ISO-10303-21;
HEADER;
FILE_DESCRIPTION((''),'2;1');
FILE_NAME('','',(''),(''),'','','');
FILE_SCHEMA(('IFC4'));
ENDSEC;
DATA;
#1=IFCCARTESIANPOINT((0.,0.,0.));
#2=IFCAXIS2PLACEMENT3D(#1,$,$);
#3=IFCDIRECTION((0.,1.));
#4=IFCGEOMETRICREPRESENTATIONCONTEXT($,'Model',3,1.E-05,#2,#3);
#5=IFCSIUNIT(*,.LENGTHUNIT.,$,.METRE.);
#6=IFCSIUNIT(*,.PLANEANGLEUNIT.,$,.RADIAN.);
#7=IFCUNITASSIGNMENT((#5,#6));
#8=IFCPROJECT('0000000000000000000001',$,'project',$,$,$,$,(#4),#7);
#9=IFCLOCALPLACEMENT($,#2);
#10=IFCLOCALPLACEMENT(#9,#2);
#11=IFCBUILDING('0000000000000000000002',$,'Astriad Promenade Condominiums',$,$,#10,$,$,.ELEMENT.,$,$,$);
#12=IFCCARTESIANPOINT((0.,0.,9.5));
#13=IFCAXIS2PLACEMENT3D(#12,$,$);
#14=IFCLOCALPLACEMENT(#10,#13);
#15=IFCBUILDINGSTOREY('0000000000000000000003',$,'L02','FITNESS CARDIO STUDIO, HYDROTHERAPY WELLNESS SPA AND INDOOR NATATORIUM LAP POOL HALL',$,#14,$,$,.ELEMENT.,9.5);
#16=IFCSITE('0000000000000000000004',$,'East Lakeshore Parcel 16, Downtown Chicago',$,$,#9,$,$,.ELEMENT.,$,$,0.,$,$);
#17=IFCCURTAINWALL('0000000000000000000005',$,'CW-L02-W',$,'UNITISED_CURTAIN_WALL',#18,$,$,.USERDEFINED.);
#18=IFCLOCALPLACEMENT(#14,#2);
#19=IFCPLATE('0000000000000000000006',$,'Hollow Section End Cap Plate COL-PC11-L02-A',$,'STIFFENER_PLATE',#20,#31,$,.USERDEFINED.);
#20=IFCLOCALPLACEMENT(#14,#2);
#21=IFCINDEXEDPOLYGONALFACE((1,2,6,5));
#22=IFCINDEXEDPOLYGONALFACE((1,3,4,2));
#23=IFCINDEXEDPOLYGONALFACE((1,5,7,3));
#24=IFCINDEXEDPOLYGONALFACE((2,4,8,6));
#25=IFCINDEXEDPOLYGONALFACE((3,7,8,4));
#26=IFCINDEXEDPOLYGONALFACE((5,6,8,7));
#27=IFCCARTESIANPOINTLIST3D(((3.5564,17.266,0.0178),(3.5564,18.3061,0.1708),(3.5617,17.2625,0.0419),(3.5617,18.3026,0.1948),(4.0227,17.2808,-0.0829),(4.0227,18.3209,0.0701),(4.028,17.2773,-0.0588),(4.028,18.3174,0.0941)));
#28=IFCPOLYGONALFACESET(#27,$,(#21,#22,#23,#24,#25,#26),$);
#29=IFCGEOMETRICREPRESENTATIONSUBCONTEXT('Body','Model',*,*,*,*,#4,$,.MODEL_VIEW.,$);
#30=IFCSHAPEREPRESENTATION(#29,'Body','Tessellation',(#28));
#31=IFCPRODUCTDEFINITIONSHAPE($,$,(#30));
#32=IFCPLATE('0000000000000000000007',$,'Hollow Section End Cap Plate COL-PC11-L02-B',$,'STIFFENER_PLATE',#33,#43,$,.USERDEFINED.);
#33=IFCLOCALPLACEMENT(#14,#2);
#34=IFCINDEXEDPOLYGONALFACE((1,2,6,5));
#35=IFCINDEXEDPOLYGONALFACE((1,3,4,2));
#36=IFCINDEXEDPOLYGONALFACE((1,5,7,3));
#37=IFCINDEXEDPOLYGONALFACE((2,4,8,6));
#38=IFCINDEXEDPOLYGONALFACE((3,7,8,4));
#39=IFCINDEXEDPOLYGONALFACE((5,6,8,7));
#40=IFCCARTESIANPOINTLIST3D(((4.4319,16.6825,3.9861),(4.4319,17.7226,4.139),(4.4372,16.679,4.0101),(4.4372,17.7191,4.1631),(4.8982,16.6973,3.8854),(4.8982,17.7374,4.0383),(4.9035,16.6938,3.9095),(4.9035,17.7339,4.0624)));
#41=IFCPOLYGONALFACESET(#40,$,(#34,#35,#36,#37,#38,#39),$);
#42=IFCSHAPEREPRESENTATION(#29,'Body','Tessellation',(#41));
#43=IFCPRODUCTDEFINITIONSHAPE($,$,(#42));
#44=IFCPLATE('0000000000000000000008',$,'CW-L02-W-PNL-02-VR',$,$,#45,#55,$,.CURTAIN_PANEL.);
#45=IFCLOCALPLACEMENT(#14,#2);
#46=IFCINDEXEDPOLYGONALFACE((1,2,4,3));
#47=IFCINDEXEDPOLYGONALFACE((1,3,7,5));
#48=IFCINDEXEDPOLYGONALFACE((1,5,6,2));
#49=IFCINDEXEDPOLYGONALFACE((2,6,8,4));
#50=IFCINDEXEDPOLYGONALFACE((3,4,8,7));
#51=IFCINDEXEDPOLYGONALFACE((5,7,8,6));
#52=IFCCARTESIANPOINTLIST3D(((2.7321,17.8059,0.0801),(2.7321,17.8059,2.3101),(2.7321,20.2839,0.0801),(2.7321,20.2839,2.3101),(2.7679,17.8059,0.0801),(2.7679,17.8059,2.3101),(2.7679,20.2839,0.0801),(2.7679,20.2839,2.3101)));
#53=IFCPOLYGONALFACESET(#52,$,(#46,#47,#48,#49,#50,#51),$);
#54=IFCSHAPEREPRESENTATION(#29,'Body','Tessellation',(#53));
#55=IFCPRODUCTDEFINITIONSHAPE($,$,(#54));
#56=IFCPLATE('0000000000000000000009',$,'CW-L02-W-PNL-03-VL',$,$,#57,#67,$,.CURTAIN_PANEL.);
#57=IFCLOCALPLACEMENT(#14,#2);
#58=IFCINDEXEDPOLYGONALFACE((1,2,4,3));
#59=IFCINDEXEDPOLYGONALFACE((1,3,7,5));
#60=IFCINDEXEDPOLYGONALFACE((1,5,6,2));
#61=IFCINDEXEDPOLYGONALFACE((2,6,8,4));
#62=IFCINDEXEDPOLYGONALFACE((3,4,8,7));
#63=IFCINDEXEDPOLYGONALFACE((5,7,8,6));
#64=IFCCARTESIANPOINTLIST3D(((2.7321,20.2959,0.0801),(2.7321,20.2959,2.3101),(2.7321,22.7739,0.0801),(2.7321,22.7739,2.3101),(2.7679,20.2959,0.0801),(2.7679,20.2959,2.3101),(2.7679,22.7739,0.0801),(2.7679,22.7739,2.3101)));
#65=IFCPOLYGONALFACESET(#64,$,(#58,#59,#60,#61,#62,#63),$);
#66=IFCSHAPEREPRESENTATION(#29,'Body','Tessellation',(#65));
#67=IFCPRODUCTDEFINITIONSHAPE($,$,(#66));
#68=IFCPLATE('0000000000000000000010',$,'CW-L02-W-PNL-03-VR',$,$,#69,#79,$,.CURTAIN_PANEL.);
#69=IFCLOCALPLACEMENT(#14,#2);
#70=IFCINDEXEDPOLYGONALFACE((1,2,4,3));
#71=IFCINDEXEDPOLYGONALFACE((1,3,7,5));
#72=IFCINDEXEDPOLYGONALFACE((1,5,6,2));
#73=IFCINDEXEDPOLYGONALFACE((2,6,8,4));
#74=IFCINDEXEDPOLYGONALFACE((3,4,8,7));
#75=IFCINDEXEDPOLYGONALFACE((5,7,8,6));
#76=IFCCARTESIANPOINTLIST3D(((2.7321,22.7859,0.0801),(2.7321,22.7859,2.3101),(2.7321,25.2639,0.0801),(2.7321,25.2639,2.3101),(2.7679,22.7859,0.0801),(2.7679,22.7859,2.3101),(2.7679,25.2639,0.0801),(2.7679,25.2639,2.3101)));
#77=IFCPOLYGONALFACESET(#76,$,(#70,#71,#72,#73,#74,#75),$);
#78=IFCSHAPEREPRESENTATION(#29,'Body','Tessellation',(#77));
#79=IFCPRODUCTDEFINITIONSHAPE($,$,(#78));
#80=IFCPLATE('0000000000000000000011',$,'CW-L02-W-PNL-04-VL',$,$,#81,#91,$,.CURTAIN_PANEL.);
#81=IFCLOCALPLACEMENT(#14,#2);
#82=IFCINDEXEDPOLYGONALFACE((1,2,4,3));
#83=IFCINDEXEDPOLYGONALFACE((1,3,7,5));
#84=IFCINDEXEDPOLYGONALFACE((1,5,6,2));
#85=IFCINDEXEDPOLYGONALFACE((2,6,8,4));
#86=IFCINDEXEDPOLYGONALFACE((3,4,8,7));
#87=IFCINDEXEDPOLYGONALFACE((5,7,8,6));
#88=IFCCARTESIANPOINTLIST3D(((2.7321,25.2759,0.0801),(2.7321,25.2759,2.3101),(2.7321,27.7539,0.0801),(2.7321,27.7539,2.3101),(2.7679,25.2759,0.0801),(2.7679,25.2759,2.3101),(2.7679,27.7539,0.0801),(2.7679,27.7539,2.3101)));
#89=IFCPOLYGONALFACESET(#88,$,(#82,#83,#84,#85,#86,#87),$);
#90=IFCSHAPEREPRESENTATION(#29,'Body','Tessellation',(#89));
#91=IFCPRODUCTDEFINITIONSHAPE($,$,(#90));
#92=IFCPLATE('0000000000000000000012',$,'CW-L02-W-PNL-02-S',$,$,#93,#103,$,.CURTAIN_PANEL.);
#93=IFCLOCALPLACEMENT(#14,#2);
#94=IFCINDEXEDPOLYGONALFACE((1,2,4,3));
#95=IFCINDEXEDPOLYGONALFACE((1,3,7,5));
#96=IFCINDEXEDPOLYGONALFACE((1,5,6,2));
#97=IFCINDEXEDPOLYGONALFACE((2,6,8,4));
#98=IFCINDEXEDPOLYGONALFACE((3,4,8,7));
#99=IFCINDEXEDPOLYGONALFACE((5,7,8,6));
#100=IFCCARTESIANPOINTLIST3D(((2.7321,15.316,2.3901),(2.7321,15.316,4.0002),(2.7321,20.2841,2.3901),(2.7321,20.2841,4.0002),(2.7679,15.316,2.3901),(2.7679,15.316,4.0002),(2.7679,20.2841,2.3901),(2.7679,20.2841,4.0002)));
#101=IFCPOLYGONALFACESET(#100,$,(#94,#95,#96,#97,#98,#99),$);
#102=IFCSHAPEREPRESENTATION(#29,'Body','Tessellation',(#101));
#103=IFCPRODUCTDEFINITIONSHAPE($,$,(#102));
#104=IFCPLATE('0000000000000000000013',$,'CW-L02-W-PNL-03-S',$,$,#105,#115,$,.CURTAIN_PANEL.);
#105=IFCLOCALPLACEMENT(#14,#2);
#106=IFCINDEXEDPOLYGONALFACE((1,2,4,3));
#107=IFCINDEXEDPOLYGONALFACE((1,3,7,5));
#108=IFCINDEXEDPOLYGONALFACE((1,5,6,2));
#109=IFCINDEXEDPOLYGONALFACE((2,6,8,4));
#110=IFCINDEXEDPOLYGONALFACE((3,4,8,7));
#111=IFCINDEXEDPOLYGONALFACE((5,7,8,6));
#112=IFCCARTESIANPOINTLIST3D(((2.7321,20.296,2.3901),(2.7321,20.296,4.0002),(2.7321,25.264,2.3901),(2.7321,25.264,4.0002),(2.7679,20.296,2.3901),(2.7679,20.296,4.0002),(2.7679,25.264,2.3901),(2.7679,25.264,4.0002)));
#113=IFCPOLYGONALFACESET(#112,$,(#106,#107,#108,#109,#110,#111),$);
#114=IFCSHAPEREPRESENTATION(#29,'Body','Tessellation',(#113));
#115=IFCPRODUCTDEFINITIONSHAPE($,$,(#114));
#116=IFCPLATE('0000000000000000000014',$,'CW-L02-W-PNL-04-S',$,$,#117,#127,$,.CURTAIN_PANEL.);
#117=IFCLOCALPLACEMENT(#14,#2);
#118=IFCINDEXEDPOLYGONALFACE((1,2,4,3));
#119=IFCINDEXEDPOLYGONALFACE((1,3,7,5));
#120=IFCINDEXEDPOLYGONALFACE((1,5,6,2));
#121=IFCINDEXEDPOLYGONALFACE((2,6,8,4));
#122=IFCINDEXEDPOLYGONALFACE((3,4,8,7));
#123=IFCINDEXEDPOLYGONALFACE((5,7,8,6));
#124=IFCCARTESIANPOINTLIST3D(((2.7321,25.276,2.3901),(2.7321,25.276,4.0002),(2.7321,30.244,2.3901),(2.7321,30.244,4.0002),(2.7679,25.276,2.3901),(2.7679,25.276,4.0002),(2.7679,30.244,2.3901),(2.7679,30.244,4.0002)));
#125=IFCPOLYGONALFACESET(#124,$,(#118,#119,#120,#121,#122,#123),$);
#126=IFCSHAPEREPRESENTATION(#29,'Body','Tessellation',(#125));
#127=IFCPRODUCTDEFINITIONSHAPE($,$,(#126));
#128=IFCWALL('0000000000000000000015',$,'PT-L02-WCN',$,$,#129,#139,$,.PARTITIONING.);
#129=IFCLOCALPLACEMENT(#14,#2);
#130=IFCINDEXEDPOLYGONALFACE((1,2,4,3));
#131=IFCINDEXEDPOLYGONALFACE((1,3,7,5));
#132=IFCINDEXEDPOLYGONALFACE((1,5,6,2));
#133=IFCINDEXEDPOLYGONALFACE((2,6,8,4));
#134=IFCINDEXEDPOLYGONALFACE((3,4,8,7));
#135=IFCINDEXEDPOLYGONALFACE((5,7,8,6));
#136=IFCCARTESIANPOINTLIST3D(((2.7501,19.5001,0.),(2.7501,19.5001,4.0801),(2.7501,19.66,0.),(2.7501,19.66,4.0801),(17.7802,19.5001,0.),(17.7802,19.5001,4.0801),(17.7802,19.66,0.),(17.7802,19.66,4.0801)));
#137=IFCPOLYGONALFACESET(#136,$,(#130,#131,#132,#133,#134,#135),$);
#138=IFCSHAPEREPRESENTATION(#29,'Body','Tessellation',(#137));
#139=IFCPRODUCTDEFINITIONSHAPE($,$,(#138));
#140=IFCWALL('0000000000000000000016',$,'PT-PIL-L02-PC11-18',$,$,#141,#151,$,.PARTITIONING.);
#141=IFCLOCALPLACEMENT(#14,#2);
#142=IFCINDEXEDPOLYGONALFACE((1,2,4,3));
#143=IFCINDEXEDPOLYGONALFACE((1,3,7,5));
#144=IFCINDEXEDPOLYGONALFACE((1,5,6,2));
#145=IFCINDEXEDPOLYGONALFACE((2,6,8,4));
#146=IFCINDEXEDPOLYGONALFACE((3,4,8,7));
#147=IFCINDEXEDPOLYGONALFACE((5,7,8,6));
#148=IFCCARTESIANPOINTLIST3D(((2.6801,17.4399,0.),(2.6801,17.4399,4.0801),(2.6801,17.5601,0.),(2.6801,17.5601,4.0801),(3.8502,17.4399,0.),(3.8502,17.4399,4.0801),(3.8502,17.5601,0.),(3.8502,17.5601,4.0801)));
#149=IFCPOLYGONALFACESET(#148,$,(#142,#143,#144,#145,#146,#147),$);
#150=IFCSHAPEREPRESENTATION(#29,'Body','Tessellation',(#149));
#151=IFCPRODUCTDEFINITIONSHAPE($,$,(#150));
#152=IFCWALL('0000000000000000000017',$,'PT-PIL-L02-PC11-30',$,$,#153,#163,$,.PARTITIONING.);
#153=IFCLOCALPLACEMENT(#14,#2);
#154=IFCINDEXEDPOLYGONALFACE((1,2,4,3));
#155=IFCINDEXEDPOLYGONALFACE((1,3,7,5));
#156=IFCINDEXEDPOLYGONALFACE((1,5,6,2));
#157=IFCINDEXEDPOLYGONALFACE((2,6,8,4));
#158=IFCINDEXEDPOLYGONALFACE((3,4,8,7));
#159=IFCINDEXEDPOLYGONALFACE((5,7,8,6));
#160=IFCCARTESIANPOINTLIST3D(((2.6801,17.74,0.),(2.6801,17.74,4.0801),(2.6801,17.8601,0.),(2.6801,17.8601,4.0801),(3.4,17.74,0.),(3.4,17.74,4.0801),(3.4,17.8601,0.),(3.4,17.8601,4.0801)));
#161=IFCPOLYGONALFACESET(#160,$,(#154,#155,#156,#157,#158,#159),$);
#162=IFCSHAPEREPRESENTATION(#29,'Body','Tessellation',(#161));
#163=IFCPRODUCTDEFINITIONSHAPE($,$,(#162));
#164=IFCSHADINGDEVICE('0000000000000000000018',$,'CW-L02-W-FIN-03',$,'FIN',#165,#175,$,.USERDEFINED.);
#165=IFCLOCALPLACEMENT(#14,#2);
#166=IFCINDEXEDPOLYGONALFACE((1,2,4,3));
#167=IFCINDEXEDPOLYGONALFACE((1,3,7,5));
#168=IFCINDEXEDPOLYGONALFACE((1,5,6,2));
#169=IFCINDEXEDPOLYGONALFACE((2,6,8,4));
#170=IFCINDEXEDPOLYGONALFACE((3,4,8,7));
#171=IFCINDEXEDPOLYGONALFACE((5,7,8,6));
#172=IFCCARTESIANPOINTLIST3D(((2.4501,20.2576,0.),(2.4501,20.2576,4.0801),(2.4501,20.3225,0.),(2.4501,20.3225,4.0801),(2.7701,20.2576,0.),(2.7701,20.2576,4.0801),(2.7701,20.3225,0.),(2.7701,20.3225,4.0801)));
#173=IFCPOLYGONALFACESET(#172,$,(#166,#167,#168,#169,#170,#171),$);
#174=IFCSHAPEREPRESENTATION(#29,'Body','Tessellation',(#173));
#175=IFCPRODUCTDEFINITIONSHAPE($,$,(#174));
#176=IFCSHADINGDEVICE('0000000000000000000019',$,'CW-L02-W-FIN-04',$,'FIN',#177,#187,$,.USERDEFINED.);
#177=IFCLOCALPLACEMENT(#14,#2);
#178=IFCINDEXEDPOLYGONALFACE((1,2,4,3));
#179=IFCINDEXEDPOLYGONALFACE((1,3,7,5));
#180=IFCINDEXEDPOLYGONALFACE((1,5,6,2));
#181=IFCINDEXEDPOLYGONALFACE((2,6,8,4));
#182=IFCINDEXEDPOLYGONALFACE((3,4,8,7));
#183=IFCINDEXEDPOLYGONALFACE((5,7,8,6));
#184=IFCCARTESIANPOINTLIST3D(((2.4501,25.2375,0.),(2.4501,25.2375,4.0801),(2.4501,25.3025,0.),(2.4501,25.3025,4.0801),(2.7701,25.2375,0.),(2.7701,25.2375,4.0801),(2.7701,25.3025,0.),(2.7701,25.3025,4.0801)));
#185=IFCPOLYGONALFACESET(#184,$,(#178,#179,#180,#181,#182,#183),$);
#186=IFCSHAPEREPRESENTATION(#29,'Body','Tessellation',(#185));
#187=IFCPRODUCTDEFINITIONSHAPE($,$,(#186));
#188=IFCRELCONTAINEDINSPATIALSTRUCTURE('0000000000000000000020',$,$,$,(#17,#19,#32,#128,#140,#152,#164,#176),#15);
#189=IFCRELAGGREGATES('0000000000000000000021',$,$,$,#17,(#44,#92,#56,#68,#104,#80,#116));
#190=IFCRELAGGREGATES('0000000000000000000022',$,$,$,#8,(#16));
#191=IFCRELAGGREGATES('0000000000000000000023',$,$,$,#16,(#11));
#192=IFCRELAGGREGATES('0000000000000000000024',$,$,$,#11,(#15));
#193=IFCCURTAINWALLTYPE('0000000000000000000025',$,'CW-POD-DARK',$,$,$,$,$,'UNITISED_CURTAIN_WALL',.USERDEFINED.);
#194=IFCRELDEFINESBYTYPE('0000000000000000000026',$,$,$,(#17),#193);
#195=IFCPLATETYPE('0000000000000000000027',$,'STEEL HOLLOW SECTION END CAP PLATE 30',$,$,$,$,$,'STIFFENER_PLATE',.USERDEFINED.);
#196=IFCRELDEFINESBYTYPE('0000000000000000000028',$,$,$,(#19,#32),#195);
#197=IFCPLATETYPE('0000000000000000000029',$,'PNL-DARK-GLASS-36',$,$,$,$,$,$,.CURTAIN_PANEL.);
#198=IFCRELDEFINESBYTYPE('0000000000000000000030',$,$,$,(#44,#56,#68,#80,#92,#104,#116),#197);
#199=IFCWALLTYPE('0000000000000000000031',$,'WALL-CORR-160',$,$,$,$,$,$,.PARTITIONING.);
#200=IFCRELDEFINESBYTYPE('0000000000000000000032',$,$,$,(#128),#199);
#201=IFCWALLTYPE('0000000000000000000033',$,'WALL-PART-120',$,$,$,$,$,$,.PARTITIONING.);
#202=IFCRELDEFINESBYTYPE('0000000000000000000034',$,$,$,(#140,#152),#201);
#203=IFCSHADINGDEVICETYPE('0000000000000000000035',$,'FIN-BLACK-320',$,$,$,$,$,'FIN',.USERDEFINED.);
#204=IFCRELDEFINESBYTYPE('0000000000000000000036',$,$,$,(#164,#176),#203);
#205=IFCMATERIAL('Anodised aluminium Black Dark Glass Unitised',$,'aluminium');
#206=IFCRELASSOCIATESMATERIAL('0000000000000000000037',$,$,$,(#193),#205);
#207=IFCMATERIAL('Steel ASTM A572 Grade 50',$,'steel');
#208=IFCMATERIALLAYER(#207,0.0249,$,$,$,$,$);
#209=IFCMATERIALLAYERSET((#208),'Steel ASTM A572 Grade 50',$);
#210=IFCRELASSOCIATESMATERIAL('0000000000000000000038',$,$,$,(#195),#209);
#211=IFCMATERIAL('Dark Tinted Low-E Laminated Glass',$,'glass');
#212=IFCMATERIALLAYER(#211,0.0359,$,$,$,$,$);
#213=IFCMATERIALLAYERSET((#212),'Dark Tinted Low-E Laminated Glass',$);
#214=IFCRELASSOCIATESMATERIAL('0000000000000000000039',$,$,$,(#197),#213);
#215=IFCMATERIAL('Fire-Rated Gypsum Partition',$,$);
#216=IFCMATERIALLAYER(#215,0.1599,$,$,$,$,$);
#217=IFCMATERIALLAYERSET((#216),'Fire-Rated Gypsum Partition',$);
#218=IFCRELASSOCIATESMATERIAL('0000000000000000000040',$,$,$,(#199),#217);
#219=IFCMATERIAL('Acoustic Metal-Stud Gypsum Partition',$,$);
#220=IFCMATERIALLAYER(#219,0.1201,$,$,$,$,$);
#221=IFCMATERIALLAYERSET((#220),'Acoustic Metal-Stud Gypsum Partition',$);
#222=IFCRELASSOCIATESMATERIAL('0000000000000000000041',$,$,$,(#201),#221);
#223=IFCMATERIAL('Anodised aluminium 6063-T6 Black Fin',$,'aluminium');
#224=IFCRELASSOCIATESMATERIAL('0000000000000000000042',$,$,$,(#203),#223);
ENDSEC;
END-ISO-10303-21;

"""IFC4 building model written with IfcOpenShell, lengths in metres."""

from ifc_helpers import new_model, si_unit, direction, frame, frame_2d, origin, origin_2d, place, context, subcontext, project, spatial, rectangle, extrude, source, transform, mapped, material, layer, layer_set, type_object, type_shapes, element, aggregate, save


model = new_model("IFC4")

# Units and contexts
model_context = context("Model", 3, precision=1e-05, world=origin(), true_north=direction((0.0, 1.0)))
body_context = subcontext(model_context, "Body", "Model", "MODEL_VIEW")
ifc_project = project(units=[si_unit("LENGTHUNIT", "METRE"), si_unit("PLANEANGLEUNIT", "RADIAN")], contexts=[model_context])

# Site, building, storey
site_placement = place(None, origin())
site = spatial("IfcSite", under=ifc_project, at=site_placement, Name="East Lakeshore Parcel 16, Downtown Chicago", CompositionType="ELEMENT", RefElevation=0.0)
building_placement = place(site_placement, origin())
building = spatial("IfcBuilding", under=site, at=building_placement, Name="Astriad Promenade Condominiums", CompositionType="ELEMENT")
storey_placement = place(building_placement, frame((0.0, 0.0, 9.5)))
storey = spatial("IfcBuildingStorey", under=building, at=storey_placement, Name="L02", Description="FITNESS CARDIO STUDIO, HYDROTHERAPY WELLNESS SPA AND INDOOR NATATORIUM LAP POOL HALL", CompositionType="ELEMENT", Elevation=9.5)

# Curtain wall
ifc_material_1 = material(Name="Anodised aluminium Black Dark Glass Unitised", Category="aluminium")
curtain_wall_type = type_object("IfcCurtainWallType", Name="CW-POD-DARK", ElementType="UNITISED_CURTAIN_WALL", PredefinedType="USERDEFINED", material=ifc_material_1)
curtain_wall_placement = place(storey_placement, origin())
curtain_wall = element("IfcCurtainWall", 1, at=curtain_wall_placement, inside=storey, type_object=curtain_wall_type, Name="CW-L02-W", ObjectType="UNITISED_CURTAIN_WALL", PredefinedType="USERDEFINED")

# Plates
ifc_material_2 = material(Name="Steel ASTM A572 Grade 50", Category="steel")
ifc_layer_1 = layer(ifc_material_2, 0.0249)
ifc_layer_set_1 = layer_set([ifc_layer_1], Name="Steel ASTM A572 Grade 50")
plate_type_1 = type_object("IfcPlateType", Name="STEEL HOLLOW SECTION END CAP PLATE 30", ElementType="STIFFENER_PLATE", PredefinedType="USERDEFINED", material=ifc_layer_set_1)
shared_shape_1 = source(origin(), body_context, "Body", "SweptSolid", [
    extrude(rectangle(XDim=0.4773, YDim=1.0513, at=origin_2d()), origin(), (0.0, 0.0, 1.0), 0.0249),
])
type_shapes(plate_type_1, [shared_shape_1])
for number, where, z_axis, x_axis, name in (
    (2, (3.7896, 17.7935, 0.0439), (0.213222, -0.142148, 0.966608), (1.0, 0.0, 0.0), "Hollow Section End Cap Plate COL-PC11-L02-A"),
    (3, (4.665, 17.21, 4.0122), (0.213222, -0.142148, 0.966608), (1.0, 0.0, 0.0), "Hollow Section End Cap Plate COL-PC11-L02-B"),
):
    element("IfcPlate", number, at=place(storey_placement, frame(where, z_axis=z_axis, x_axis=x_axis)), inside=storey, type_object=plate_type_1, Name=name, ObjectType="STIFFENER_PLATE", PredefinedType="USERDEFINED", context=body_context, shape_type="MappedRepresentation", body=[
        mapped(shared_shape_1, transform((0.0, 0.0, 0.0), scale=1.0)),
    ])

# Plates
ifc_material_3 = material(Name="Dark Tinted Low-E Laminated Glass", Category="glass")
ifc_layer_2 = layer(ifc_material_3, 0.0359)
ifc_layer_set_2 = layer_set([ifc_layer_2], Name="Dark Tinted Low-E Laminated Glass")
plate_type_2 = type_object("IfcPlateType", Name="PNL-DARK-GLASS-36", PredefinedType="CURTAIN_PANEL", material=ifc_layer_set_2)
shared_shape_2 = source(origin(), body_context, "Body", "SweptSolid", [
    extrude(rectangle(XDim=2.478, YDim=0.0359, at=origin_2d()), origin(), (0.0, 0.0, 1.0), 2.23),
])
plate_1_placement = place(storey_placement, frame((2.75, 19.0449, 0.0801), z_axis=(0.0, 0.0, 1.0), x_axis=(0.0, 1.0, 0.0)))
plate_1 = element("IfcPlate", 4, at=plate_1_placement, type_object=plate_type_2, Name="CW-L02-W-PNL-02-VR", PredefinedType="CURTAIN_PANEL", context=body_context, shape_type="MappedRepresentation", body=[
    mapped(shared_shape_2, transform((0.0, 0.0, 0.0), scale=1.0)),
])
plate_2_placement = place(storey_placement, frame((2.75, 21.5349, 0.0801), z_axis=(0.0, 0.0, 1.0), x_axis=(0.0, 1.0, 0.0)))
plate_2 = element("IfcPlate", 5, at=plate_2_placement, type_object=plate_type_2, Name="CW-L02-W-PNL-03-VL", PredefinedType="CURTAIN_PANEL", context=body_context, shape_type="MappedRepresentation", body=[
    mapped(shared_shape_2, transform((0.0, 0.0, 0.0), scale=1.0)),
])
plate_3_placement = place(storey_placement, frame((2.75, 24.0249, 0.0801), z_axis=(0.0, 0.0, 1.0), x_axis=(0.0, 1.0, 0.0)))
plate_3 = element("IfcPlate", 6, at=plate_3_placement, type_object=plate_type_2, Name="CW-L02-W-PNL-03-VR", PredefinedType="CURTAIN_PANEL", context=body_context, shape_type="MappedRepresentation", body=[
    mapped(shared_shape_2, transform((0.0, 0.0, 0.0), scale=1.0)),
])
plate_4_placement = place(storey_placement, frame((2.75, 26.5149, 0.0801), z_axis=(0.0, 0.0, 1.0), x_axis=(0.0, 1.0, 0.0)))
plate_4 = element("IfcPlate", 7, at=plate_4_placement, type_object=plate_type_2, Name="CW-L02-W-PNL-04-VL", PredefinedType="CURTAIN_PANEL", context=body_context, shape_type="MappedRepresentation", body=[
    mapped(shared_shape_2, transform((0.0, 0.0, 0.0), scale=1.0)),
])
shared_shape_3 = source(origin(), body_context, "Body", "SweptSolid", [
    extrude(rectangle(XDim=4.968, YDim=0.0359, at=origin_2d()), origin(), (0.0, 0.0, 1.0), 1.6101),
])
type_shapes(plate_type_2, [shared_shape_2, shared_shape_3])
plate_5_placement = place(storey_placement, frame((2.75, 17.8, 2.3901), z_axis=(0.0, 0.0, 1.0), x_axis=(0.0, 1.0, 0.0)))
plate_5 = element("IfcPlate", 8, at=plate_5_placement, type_object=plate_type_2, Name="CW-L02-W-PNL-02-S", PredefinedType="CURTAIN_PANEL", context=body_context, shape_type="MappedRepresentation", body=[
    mapped(shared_shape_3, transform((0.0, 0.0, 0.0), scale=1.0)),
])
plate_6_placement = place(storey_placement, frame((2.75, 22.78, 2.3901), z_axis=(0.0, 0.0, 1.0), x_axis=(0.0, 1.0, 0.0)))
plate_6 = element("IfcPlate", 9, at=plate_6_placement, type_object=plate_type_2, Name="CW-L02-W-PNL-03-S", PredefinedType="CURTAIN_PANEL", context=body_context, shape_type="MappedRepresentation", body=[
    mapped(shared_shape_3, transform((0.0, 0.0, 0.0), scale=1.0)),
])
plate_7_placement = place(storey_placement, frame((2.75, 27.76, 2.3901), z_axis=(0.0, 0.0, 1.0), x_axis=(0.0, 1.0, 0.0)))
plate_7 = element("IfcPlate", 10, at=plate_7_placement, type_object=plate_type_2, Name="CW-L02-W-PNL-04-S", PredefinedType="CURTAIN_PANEL", context=body_context, shape_type="MappedRepresentation", body=[
    mapped(shared_shape_3, transform((0.0, 0.0, 0.0), scale=1.0)),
])
aggregate(curtain_wall, [plate_1, plate_5, plate_2, plate_3, plate_6, plate_4, plate_7])

# Walls
ifc_material_4 = material(Name="Fire-Rated Gypsum Partition")
ifc_layer_3 = layer(ifc_material_4, 0.1599)
ifc_layer_set_3 = layer_set([ifc_layer_3], Name="Fire-Rated Gypsum Partition")
wall_type_1 = type_object("IfcWallType", Name="WALL-CORR-160", PredefinedType="PARTITIONING", material=ifc_layer_set_3)
wall_1_placement = place(storey_placement, frame((2.75, 19.5801, 0.0), z_axis=(0.0, 0.0, 1.0), x_axis=(1.0, 0.0, 0.0)))
element("IfcWall", 11, at=wall_1_placement, inside=storey, type_object=wall_type_1, Name="PT-L02-WCN", PredefinedType="PARTITIONING", context=body_context, shape_type="SweptSolid", body=[
    extrude(rectangle(XDim=15.03, YDim=0.1599, at=frame_2d((7.5151, 0.0))), origin(), (0.0, 0.0, 1.0), 4.0801),
])
ifc_material_5 = material(Name="Acoustic Metal-Stud Gypsum Partition")
ifc_layer_4 = layer(ifc_material_5, 0.1201)
ifc_layer_set_4 = layer_set([ifc_layer_4], Name="Acoustic Metal-Stud Gypsum Partition")
wall_type_2 = type_object("IfcWallType", Name="WALL-PART-120", PredefinedType="PARTITIONING", material=ifc_layer_set_4)
wall_2_placement = place(storey_placement, frame((3.8501, 17.5, 0.0), z_axis=(0.0, 0.0, 1.0), x_axis=(-1.0, 0.0, 0.0)))
element("IfcWall", 12, at=wall_2_placement, inside=storey, type_object=wall_type_2, Name="PT-PIL-L02-PC11-18", PredefinedType="PARTITIONING", context=body_context, shape_type="SweptSolid", body=[
    extrude(rectangle(XDim=1.1702, YDim=0.1201, at=frame_2d((0.585, 0.0))), origin(), (0.0, 0.0, 1.0), 4.0801),
])
wall_3_placement = place(storey_placement, frame((3.3999, 17.8, 0.0), z_axis=(0.0, 0.0, 1.0), x_axis=(-1.0, 0.0, 0.0)))
element("IfcWall", 13, at=wall_3_placement, inside=storey, type_object=wall_type_2, Name="PT-PIL-L02-PC11-30", PredefinedType="PARTITIONING", context=body_context, shape_type="SweptSolid", body=[
    extrude(rectangle(XDim=0.72, YDim=0.1201, at=frame_2d((0.3599, 0.0))), origin(), (0.0, 0.0, 1.0), 4.0801),
])

# Shading devices
ifc_material_6 = material(Name="Anodised aluminium 6063-T6 Black Fin", Category="aluminium")
shading_device_type = type_object("IfcShadingDeviceType", Name="FIN-BLACK-320", ElementType="FIN", PredefinedType="USERDEFINED", material=ifc_material_6)
shared_shape_4 = source(origin(), body_context, "Body", "SweptSolid", [
    extrude(rectangle(XDim=0.0649, YDim=0.3201, at=origin_2d()), origin(), (0.0, 0.0, 1.0), 4.0801),
])
type_shapes(shading_device_type, [shared_shape_4])
for number, where, z_axis, x_axis, name in (
    (14, (2.6101, 20.29, 0.0), (0.0, 0.0, 1.0), (0.0, 1.0, 0.0), "CW-L02-W-FIN-03"),
    (15, (2.6101, 25.27, 0.0), (0.0, 0.0, 1.0), (0.0, 1.0, 0.0), "CW-L02-W-FIN-04"),
):
    element("IfcShadingDevice", number, at=place(storey_placement, frame(where, z_axis=z_axis, x_axis=x_axis)), inside=storey, type_object=shading_device_type, Name=name, ObjectType="FIN", PredefinedType="USERDEFINED", context=body_context, shape_type="MappedRepresentation", body=[
        mapped(shared_shape_4, transform((0.0, 0.0, 0.0), scale=1.0)),
    ])

save(model, "model.ifc")
